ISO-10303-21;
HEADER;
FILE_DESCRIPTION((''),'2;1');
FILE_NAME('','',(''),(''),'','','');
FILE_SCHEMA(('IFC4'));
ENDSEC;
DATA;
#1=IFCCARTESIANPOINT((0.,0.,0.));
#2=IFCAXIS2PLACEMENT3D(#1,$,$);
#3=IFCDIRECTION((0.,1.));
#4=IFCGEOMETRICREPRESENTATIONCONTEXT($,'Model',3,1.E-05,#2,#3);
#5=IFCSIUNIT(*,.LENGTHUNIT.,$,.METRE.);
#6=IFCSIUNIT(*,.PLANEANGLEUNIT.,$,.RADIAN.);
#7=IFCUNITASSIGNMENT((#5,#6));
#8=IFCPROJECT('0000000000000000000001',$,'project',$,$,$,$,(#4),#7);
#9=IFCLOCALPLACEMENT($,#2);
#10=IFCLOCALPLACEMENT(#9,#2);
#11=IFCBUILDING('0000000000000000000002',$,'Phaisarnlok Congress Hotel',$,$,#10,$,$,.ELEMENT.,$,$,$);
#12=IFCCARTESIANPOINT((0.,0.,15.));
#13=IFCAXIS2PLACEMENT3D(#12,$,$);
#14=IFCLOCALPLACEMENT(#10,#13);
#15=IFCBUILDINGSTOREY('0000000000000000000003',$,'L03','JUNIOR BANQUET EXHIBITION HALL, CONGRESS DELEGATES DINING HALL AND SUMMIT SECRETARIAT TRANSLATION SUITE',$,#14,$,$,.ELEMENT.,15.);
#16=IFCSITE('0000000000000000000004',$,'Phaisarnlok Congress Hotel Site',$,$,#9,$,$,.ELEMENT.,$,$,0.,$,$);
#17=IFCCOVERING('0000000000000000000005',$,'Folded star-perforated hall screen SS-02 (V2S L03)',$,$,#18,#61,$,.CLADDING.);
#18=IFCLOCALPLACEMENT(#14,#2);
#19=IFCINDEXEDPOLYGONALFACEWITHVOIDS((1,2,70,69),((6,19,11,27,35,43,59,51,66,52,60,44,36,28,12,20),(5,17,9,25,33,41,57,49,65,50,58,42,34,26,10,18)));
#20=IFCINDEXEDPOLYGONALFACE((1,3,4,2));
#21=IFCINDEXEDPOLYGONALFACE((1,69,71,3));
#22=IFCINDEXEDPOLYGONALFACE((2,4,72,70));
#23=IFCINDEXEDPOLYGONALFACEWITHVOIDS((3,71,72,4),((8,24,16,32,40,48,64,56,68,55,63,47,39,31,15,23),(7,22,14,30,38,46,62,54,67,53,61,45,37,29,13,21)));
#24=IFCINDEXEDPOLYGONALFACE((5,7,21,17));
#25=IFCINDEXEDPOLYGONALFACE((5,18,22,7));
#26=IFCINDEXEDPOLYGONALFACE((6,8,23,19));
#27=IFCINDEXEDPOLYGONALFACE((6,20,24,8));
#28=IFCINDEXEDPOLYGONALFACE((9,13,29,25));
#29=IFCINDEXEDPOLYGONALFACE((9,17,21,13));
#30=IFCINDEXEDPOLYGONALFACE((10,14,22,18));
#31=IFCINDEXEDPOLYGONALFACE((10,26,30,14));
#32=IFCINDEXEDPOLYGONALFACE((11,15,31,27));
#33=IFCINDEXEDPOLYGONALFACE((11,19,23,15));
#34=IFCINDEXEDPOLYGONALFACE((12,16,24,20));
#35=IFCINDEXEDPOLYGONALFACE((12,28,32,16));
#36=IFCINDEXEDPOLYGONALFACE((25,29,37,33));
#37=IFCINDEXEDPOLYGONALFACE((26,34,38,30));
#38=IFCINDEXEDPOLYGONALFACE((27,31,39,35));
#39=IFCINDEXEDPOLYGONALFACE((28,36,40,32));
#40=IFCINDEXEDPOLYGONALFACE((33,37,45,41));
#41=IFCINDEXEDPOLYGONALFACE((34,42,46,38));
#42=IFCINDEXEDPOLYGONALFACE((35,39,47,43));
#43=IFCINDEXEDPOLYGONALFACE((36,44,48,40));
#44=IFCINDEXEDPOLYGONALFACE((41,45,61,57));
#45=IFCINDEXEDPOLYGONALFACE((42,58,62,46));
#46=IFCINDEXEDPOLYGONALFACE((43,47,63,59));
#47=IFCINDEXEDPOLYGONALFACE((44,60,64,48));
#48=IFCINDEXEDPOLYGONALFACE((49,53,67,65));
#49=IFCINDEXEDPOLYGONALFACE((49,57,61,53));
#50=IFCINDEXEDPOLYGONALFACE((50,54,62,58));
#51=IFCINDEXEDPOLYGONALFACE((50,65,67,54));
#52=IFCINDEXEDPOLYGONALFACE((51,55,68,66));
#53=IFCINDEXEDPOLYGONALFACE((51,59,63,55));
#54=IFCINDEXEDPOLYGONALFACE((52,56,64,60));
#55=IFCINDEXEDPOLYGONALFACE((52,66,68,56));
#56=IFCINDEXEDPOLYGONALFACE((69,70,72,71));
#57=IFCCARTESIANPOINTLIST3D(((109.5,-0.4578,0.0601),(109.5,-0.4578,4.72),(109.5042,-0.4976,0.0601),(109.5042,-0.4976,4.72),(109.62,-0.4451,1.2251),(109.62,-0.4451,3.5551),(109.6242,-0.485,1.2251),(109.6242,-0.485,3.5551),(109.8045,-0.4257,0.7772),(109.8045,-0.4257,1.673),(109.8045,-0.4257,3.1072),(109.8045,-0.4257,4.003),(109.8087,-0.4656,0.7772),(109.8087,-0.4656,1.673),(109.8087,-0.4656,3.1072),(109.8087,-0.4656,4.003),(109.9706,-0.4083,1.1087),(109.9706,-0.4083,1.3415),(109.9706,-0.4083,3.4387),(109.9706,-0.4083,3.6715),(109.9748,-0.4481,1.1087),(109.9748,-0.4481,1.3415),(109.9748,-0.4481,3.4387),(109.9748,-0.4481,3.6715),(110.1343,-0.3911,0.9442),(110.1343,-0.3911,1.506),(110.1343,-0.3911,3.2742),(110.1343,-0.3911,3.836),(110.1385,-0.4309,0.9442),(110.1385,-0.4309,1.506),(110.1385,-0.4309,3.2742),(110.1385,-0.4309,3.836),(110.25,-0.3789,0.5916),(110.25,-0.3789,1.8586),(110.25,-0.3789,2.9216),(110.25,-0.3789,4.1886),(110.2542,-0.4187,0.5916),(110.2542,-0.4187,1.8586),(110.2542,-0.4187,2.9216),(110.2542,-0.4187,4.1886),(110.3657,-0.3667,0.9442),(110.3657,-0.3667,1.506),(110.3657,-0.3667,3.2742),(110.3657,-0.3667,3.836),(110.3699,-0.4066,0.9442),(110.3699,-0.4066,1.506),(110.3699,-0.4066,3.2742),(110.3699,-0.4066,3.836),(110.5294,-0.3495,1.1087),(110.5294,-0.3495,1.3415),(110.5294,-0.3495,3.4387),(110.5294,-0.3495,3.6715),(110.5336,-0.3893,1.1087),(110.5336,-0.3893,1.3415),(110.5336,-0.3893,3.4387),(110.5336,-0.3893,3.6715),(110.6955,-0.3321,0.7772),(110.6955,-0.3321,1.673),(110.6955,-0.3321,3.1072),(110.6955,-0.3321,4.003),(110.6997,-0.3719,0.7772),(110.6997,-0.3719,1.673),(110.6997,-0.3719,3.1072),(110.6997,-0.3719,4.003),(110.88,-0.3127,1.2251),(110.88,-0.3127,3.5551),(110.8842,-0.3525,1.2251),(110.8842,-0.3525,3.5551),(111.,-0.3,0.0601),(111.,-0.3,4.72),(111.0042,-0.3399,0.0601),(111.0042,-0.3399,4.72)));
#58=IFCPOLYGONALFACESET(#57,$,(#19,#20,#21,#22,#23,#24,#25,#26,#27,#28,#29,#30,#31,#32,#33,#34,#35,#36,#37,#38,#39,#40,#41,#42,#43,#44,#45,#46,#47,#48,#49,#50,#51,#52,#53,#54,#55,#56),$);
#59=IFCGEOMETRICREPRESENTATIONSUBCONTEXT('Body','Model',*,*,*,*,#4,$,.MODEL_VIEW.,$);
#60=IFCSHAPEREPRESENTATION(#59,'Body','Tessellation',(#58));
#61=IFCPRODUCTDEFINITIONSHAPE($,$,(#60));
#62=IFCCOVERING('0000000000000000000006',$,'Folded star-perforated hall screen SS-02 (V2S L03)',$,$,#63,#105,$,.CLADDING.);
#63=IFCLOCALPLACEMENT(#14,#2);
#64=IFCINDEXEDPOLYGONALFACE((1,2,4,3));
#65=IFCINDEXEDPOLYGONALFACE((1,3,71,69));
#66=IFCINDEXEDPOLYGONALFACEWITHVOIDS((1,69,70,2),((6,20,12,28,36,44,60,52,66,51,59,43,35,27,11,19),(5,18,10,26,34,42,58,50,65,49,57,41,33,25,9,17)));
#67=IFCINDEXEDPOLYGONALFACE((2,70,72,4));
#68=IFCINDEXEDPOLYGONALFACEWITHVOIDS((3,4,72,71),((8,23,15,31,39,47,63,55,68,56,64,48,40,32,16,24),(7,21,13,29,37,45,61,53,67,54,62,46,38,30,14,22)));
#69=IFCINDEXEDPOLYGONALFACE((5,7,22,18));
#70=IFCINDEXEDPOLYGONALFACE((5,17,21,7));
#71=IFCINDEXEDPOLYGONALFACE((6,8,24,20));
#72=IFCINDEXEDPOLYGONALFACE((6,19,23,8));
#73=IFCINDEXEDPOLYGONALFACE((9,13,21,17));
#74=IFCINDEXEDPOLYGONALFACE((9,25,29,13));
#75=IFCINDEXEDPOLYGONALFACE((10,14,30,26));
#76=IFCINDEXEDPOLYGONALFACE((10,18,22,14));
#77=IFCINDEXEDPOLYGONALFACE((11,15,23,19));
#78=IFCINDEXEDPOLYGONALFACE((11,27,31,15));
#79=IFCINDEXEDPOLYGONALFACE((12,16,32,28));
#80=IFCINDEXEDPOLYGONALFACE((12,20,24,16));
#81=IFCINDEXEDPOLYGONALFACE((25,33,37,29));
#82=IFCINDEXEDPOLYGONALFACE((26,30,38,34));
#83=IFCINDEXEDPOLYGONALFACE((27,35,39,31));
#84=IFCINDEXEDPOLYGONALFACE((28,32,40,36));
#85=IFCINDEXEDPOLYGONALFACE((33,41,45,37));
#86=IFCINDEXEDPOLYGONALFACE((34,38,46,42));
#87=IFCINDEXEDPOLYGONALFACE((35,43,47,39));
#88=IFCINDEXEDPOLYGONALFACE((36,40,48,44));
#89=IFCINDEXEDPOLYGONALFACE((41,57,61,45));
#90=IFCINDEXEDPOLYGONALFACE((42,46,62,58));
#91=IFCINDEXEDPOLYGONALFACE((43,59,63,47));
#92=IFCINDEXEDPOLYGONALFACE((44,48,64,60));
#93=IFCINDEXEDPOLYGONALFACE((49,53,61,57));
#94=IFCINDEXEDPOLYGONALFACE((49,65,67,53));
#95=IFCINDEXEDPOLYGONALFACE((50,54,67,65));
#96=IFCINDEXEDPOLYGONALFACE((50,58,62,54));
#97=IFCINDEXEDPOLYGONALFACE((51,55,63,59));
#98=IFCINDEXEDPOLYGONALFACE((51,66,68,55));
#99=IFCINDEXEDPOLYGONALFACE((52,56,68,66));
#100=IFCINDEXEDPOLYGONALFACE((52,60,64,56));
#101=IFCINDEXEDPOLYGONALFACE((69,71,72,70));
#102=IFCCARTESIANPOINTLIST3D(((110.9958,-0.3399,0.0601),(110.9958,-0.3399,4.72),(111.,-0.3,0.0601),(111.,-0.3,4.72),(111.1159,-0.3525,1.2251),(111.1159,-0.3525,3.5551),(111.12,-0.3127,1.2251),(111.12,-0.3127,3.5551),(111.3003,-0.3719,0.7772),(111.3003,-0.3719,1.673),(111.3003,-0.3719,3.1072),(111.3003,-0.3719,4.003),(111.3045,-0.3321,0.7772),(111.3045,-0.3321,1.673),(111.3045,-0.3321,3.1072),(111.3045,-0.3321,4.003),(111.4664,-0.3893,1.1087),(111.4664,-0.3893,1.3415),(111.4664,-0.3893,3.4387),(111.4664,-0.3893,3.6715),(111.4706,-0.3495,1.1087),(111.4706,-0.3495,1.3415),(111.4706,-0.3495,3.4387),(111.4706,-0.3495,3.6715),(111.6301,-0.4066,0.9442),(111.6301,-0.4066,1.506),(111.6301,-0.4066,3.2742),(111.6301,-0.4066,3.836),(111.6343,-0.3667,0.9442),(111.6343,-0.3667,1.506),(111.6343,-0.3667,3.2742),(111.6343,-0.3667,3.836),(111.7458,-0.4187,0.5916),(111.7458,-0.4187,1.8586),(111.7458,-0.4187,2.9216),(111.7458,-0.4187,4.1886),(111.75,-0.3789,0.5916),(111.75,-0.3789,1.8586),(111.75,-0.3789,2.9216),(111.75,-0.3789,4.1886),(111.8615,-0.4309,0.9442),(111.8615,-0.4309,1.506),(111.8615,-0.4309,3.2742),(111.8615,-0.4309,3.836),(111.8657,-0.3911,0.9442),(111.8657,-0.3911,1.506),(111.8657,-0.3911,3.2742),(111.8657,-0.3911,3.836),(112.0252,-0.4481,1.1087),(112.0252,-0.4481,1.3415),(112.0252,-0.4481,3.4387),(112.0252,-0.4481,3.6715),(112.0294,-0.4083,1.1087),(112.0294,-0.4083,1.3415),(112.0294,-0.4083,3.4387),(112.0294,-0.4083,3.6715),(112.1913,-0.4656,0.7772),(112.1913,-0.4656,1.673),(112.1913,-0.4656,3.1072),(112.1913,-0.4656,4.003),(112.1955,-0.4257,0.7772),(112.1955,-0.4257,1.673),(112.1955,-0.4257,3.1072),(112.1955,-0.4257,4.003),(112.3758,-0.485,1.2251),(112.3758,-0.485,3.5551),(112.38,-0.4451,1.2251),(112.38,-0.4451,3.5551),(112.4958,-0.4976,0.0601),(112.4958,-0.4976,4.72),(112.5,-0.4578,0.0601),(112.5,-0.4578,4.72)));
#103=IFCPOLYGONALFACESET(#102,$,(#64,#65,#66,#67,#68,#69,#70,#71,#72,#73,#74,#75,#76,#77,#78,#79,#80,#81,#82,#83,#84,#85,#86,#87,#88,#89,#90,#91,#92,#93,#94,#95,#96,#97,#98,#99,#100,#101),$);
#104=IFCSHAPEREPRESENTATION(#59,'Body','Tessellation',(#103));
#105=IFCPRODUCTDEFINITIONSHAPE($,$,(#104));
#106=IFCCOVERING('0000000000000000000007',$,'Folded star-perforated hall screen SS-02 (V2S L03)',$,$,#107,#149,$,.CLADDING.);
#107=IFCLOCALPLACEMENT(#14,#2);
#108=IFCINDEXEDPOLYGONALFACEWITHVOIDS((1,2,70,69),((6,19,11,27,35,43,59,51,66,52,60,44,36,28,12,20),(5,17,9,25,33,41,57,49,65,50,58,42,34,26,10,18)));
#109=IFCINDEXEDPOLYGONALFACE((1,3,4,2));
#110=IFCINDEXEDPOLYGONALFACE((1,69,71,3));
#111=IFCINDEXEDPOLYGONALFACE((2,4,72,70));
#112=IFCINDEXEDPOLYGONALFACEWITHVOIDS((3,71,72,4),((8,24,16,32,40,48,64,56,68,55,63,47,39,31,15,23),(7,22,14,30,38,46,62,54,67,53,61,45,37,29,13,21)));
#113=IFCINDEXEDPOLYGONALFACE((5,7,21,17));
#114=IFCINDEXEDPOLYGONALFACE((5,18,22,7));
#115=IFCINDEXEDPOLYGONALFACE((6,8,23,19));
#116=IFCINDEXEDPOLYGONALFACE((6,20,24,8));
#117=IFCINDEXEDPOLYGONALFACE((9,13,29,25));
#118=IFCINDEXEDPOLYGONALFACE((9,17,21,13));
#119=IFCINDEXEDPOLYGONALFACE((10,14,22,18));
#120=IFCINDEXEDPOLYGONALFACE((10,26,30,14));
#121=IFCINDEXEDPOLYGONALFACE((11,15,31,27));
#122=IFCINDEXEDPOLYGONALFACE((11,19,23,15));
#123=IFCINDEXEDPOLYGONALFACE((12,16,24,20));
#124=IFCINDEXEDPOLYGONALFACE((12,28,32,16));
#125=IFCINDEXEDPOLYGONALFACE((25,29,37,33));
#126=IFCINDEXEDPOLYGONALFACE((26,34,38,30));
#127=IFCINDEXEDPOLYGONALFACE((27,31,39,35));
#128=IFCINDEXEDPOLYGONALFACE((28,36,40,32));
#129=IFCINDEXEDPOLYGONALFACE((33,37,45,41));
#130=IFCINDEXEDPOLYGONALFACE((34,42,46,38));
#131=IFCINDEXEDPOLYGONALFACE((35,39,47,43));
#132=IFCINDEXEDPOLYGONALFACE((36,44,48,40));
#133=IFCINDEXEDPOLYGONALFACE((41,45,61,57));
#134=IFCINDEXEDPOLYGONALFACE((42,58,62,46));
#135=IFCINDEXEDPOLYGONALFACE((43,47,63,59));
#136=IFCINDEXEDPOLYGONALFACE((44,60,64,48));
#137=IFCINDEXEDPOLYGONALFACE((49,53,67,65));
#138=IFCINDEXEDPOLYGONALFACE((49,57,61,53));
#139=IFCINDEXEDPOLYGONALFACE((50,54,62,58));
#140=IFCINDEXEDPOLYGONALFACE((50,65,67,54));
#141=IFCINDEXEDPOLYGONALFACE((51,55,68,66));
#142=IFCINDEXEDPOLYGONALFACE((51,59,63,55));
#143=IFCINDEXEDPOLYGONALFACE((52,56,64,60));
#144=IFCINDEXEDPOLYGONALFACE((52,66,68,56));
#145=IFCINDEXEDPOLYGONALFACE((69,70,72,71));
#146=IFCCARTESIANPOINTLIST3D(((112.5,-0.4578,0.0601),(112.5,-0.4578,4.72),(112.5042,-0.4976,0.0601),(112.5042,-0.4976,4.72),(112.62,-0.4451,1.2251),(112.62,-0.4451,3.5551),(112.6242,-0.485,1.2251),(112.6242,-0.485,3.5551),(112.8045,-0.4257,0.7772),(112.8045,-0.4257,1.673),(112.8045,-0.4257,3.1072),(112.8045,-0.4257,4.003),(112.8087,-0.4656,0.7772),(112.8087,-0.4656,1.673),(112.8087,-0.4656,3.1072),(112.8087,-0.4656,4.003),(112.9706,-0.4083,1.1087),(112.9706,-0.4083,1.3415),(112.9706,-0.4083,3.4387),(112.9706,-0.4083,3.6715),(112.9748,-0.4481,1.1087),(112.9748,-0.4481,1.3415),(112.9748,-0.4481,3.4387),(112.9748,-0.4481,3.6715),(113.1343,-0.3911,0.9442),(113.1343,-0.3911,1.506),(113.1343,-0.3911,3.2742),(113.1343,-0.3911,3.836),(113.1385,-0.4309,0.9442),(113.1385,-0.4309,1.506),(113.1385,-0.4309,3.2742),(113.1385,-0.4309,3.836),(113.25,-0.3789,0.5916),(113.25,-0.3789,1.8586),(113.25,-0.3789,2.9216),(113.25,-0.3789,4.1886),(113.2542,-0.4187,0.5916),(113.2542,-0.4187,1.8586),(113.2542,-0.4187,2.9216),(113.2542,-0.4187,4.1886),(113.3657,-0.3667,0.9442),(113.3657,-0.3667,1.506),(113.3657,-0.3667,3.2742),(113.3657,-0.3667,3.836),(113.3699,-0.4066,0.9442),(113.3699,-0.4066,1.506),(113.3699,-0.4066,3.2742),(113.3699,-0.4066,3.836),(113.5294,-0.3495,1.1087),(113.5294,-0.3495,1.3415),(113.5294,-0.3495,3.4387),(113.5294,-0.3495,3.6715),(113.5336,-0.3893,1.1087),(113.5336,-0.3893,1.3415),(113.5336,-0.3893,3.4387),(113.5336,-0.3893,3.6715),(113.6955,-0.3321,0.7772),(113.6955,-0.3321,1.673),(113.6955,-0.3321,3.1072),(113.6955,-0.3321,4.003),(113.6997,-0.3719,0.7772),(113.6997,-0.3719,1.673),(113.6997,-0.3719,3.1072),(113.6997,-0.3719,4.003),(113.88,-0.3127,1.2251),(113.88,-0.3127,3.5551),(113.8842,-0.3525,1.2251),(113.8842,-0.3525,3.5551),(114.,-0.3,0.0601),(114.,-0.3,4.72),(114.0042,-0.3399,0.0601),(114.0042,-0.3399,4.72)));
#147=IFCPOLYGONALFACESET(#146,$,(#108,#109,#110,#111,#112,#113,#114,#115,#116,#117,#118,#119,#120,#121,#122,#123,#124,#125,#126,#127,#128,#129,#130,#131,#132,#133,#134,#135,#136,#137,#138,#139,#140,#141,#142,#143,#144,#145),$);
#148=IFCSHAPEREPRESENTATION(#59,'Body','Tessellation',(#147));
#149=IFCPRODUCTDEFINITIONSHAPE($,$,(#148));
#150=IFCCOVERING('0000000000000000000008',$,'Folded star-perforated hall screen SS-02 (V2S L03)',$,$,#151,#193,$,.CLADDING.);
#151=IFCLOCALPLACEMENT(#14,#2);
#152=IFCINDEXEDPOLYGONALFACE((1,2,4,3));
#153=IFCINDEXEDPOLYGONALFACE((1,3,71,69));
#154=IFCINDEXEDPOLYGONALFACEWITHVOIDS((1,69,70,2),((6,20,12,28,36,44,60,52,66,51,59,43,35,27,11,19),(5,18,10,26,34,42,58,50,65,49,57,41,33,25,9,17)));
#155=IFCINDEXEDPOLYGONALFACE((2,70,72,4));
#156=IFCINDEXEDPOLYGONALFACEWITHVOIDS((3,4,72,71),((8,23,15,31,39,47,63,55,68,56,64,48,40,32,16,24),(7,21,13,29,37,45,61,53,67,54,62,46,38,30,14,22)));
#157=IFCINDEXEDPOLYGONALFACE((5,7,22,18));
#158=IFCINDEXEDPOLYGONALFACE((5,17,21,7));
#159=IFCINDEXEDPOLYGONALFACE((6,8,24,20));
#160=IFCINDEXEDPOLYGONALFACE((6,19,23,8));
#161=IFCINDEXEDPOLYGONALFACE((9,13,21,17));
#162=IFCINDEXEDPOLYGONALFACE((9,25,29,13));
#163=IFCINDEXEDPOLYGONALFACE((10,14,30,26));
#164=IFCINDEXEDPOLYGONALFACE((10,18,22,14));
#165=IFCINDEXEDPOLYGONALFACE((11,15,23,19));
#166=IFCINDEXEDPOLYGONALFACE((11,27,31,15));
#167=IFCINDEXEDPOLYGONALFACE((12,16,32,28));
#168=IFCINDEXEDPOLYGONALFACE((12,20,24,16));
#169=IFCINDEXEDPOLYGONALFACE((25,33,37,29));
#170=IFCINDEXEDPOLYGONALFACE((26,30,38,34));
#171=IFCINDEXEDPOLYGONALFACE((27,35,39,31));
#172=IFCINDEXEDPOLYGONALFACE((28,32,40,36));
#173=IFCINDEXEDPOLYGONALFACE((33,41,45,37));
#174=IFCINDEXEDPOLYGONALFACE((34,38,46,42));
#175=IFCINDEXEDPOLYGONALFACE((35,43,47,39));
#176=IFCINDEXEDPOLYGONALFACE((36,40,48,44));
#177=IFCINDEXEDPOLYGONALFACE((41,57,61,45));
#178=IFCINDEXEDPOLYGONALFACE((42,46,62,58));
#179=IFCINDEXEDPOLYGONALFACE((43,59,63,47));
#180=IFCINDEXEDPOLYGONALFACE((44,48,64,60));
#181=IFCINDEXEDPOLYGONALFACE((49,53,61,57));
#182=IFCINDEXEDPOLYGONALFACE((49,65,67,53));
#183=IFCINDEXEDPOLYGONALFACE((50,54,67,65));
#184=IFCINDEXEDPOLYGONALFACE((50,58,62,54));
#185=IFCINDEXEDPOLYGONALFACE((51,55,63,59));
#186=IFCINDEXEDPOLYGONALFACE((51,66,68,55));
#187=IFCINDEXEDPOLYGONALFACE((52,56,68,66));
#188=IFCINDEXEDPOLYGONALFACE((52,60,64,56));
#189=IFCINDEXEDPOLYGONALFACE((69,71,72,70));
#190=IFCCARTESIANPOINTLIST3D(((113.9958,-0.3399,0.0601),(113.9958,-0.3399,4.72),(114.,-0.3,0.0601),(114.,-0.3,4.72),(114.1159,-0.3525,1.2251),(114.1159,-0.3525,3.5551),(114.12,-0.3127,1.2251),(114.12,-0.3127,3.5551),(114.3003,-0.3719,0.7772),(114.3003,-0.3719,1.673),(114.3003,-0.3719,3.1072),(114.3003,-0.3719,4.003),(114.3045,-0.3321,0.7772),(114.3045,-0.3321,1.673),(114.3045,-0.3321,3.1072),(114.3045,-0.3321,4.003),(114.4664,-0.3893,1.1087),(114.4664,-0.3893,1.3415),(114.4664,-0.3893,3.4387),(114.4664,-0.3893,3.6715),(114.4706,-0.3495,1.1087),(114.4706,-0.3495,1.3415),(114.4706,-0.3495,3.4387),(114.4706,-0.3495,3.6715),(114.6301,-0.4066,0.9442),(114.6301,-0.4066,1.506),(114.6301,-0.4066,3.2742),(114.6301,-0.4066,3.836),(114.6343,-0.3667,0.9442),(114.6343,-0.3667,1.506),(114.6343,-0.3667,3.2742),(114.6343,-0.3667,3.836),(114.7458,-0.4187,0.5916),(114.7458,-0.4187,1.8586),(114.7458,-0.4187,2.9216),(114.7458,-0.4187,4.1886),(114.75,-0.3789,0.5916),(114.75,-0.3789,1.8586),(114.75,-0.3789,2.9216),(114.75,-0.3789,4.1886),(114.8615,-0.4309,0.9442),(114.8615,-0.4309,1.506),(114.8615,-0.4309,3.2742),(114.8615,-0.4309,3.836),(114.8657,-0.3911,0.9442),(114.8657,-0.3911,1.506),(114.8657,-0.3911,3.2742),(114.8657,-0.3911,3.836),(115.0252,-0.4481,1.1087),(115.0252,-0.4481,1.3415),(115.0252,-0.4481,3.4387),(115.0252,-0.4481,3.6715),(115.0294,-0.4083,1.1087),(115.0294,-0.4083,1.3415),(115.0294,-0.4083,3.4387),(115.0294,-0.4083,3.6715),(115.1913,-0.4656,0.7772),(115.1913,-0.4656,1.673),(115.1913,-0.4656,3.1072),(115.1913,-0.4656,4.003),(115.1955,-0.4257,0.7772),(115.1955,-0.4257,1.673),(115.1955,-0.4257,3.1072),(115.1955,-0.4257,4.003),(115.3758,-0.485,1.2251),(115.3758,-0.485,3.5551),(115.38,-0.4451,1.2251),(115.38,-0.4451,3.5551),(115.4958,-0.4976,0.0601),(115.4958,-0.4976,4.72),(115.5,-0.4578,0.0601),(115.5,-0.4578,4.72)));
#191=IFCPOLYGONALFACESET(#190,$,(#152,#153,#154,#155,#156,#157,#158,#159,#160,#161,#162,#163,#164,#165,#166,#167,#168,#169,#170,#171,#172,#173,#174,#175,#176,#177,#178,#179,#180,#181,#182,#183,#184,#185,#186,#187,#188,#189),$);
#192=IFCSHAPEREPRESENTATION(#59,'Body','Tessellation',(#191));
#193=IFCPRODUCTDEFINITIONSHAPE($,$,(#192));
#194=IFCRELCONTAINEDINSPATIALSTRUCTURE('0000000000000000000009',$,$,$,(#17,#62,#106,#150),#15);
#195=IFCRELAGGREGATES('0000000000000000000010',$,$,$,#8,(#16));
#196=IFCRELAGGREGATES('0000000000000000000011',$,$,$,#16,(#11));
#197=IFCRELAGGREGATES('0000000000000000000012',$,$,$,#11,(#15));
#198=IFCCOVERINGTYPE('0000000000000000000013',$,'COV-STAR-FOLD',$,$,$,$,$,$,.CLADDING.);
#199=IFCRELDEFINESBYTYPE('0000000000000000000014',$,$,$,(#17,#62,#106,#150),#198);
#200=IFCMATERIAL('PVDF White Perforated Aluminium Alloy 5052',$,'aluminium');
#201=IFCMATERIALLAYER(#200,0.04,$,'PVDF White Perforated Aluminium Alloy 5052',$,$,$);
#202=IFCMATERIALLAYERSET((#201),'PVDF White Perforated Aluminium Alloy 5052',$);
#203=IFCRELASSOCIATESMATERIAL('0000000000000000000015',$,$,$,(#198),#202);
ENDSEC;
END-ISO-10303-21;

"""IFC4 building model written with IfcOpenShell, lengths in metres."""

from ifc_helpers import new_model, si_unit, direction, frame, origin, place, context, subcontext, project, spatial, polyline, outline, extrude, material, layer, layer_set, type_object, element, save


model = new_model("IFC4")

# Units and contexts
model_context = context("Model", 3, precision=1e-05, world=origin(), true_north=direction((0.0, 1.0)))
body_context = subcontext(model_context, "Body", "Model", "MODEL_VIEW")
ifc_project = project(units=[si_unit("LENGTHUNIT", "METRE"), si_unit("PLANEANGLEUNIT", "RADIAN")], contexts=[model_context])

# Site, building, storey
site_placement = place(None, origin())
site = spatial("IfcSite", under=ifc_project, at=site_placement, Name="Phaisarnlok Congress Hotel Site", CompositionType="ELEMENT", RefElevation=0.0)
building_placement = place(site_placement, origin())
building = spatial("IfcBuilding", under=site, at=building_placement, Name="Phaisarnlok Congress Hotel", CompositionType="ELEMENT")
storey_placement = place(building_placement, frame((0.0, 0.0, 15.0)))
storey = spatial("IfcBuildingStorey", under=building, at=storey_placement, Name="L03", Description="JUNIOR BANQUET EXHIBITION HALL, CONGRESS DELEGATES DINING HALL AND SUMMIT SECRETARIAT TRANSLATION SUITE", CompositionType="ELEMENT", Elevation=15.0)

# Coverings
ifc_material_1 = material(Name="PVDF White Perforated Aluminium Alloy 5052", Category="aluminium")
ifc_layer_1 = layer(ifc_material_1, 0.04, Name="PVDF White Perforated Aluminium Alloy 5052")
ifc_layer_set_1 = layer_set([ifc_layer_1], Name="PVDF White Perforated Aluminium Alloy 5052")
covering_type = type_object("IfcCoveringType", Name="COV-STAR-FOLD", PredefinedType="CLADDING", material=ifc_layer_set_1)
for number, where, z_axis, x_axis, name in (
    (1, (109.5, -0.4578, 0.0601), (0.104567, -0.994518, 0.0), (0.994518, 0.104567, 0.0), "Folded star-perforated hall screen SS-02 (V2S L03)"),
    (2, (111.0, -0.3, 0.0601), (-0.104567, -0.994518, 0.0), (0.994518, -0.104567, 0.0), "Folded star-perforated hall screen SS-02 (V2S L03)"),
    (3, (112.5, -0.4578, 0.0601), (0.104567, -0.994518, 0.0), (0.994518, 0.104567, 0.0), "Folded star-perforated hall screen SS-02 (V2S L03)"),
    (4, (114.0, -0.3, 0.0601), (-0.104567, -0.994518, 0.0), (0.994518, -0.104567, 0.0), "Folded star-perforated hall screen SS-02 (V2S L03)"),
):
    element("IfcCovering", number, at=place(storey_placement, frame(where, z_axis=z_axis, x_axis=x_axis)), inside=storey, type_object=covering_type, Name=name, PredefinedType="CLADDING", context=body_context, shape_type="SweptSolid", body=[
        extrude(outline(polyline([(0.0, 0.0), (1.5083, 0.0), (1.5083, 4.6599), (0.0, 4.6599), (0.0, 0.0)]), holes=[polyline([(1.0351, 1.0486), (1.2021, 0.7171), (0.8705, 0.8841), (0.7541, 0.5315), (0.6378, 0.8841), (0.3062, 0.7171), (0.4732, 1.0486), (0.1207, 1.165), (0.4732, 1.2814), (0.3062, 1.6129), (0.6378, 1.4459), (0.7541, 1.7985), (0.8705, 1.4459), (1.2021, 1.6129), (1.0351, 1.2814), (1.3876, 1.165), (1.0351, 1.0486)]), polyline([(1.0351, 3.3786), (1.2021, 3.0471), (0.8705, 3.2141), (0.7541, 2.8615), (0.6378, 3.2141), (0.3062, 3.0471), (0.4732, 3.3786), (0.1207, 3.495), (0.4732, 3.6114), (0.3062, 3.9429), (0.6378, 3.7759), (0.7541, 4.1285), (0.8705, 3.7759), (1.2021, 3.9429), (1.0351, 3.6114), (1.3876, 3.495), (1.0351, 3.3786)])]), origin(), (0.0, 0.0, 1.0), 0.04),
    ])

save(model, "model.ifc")
